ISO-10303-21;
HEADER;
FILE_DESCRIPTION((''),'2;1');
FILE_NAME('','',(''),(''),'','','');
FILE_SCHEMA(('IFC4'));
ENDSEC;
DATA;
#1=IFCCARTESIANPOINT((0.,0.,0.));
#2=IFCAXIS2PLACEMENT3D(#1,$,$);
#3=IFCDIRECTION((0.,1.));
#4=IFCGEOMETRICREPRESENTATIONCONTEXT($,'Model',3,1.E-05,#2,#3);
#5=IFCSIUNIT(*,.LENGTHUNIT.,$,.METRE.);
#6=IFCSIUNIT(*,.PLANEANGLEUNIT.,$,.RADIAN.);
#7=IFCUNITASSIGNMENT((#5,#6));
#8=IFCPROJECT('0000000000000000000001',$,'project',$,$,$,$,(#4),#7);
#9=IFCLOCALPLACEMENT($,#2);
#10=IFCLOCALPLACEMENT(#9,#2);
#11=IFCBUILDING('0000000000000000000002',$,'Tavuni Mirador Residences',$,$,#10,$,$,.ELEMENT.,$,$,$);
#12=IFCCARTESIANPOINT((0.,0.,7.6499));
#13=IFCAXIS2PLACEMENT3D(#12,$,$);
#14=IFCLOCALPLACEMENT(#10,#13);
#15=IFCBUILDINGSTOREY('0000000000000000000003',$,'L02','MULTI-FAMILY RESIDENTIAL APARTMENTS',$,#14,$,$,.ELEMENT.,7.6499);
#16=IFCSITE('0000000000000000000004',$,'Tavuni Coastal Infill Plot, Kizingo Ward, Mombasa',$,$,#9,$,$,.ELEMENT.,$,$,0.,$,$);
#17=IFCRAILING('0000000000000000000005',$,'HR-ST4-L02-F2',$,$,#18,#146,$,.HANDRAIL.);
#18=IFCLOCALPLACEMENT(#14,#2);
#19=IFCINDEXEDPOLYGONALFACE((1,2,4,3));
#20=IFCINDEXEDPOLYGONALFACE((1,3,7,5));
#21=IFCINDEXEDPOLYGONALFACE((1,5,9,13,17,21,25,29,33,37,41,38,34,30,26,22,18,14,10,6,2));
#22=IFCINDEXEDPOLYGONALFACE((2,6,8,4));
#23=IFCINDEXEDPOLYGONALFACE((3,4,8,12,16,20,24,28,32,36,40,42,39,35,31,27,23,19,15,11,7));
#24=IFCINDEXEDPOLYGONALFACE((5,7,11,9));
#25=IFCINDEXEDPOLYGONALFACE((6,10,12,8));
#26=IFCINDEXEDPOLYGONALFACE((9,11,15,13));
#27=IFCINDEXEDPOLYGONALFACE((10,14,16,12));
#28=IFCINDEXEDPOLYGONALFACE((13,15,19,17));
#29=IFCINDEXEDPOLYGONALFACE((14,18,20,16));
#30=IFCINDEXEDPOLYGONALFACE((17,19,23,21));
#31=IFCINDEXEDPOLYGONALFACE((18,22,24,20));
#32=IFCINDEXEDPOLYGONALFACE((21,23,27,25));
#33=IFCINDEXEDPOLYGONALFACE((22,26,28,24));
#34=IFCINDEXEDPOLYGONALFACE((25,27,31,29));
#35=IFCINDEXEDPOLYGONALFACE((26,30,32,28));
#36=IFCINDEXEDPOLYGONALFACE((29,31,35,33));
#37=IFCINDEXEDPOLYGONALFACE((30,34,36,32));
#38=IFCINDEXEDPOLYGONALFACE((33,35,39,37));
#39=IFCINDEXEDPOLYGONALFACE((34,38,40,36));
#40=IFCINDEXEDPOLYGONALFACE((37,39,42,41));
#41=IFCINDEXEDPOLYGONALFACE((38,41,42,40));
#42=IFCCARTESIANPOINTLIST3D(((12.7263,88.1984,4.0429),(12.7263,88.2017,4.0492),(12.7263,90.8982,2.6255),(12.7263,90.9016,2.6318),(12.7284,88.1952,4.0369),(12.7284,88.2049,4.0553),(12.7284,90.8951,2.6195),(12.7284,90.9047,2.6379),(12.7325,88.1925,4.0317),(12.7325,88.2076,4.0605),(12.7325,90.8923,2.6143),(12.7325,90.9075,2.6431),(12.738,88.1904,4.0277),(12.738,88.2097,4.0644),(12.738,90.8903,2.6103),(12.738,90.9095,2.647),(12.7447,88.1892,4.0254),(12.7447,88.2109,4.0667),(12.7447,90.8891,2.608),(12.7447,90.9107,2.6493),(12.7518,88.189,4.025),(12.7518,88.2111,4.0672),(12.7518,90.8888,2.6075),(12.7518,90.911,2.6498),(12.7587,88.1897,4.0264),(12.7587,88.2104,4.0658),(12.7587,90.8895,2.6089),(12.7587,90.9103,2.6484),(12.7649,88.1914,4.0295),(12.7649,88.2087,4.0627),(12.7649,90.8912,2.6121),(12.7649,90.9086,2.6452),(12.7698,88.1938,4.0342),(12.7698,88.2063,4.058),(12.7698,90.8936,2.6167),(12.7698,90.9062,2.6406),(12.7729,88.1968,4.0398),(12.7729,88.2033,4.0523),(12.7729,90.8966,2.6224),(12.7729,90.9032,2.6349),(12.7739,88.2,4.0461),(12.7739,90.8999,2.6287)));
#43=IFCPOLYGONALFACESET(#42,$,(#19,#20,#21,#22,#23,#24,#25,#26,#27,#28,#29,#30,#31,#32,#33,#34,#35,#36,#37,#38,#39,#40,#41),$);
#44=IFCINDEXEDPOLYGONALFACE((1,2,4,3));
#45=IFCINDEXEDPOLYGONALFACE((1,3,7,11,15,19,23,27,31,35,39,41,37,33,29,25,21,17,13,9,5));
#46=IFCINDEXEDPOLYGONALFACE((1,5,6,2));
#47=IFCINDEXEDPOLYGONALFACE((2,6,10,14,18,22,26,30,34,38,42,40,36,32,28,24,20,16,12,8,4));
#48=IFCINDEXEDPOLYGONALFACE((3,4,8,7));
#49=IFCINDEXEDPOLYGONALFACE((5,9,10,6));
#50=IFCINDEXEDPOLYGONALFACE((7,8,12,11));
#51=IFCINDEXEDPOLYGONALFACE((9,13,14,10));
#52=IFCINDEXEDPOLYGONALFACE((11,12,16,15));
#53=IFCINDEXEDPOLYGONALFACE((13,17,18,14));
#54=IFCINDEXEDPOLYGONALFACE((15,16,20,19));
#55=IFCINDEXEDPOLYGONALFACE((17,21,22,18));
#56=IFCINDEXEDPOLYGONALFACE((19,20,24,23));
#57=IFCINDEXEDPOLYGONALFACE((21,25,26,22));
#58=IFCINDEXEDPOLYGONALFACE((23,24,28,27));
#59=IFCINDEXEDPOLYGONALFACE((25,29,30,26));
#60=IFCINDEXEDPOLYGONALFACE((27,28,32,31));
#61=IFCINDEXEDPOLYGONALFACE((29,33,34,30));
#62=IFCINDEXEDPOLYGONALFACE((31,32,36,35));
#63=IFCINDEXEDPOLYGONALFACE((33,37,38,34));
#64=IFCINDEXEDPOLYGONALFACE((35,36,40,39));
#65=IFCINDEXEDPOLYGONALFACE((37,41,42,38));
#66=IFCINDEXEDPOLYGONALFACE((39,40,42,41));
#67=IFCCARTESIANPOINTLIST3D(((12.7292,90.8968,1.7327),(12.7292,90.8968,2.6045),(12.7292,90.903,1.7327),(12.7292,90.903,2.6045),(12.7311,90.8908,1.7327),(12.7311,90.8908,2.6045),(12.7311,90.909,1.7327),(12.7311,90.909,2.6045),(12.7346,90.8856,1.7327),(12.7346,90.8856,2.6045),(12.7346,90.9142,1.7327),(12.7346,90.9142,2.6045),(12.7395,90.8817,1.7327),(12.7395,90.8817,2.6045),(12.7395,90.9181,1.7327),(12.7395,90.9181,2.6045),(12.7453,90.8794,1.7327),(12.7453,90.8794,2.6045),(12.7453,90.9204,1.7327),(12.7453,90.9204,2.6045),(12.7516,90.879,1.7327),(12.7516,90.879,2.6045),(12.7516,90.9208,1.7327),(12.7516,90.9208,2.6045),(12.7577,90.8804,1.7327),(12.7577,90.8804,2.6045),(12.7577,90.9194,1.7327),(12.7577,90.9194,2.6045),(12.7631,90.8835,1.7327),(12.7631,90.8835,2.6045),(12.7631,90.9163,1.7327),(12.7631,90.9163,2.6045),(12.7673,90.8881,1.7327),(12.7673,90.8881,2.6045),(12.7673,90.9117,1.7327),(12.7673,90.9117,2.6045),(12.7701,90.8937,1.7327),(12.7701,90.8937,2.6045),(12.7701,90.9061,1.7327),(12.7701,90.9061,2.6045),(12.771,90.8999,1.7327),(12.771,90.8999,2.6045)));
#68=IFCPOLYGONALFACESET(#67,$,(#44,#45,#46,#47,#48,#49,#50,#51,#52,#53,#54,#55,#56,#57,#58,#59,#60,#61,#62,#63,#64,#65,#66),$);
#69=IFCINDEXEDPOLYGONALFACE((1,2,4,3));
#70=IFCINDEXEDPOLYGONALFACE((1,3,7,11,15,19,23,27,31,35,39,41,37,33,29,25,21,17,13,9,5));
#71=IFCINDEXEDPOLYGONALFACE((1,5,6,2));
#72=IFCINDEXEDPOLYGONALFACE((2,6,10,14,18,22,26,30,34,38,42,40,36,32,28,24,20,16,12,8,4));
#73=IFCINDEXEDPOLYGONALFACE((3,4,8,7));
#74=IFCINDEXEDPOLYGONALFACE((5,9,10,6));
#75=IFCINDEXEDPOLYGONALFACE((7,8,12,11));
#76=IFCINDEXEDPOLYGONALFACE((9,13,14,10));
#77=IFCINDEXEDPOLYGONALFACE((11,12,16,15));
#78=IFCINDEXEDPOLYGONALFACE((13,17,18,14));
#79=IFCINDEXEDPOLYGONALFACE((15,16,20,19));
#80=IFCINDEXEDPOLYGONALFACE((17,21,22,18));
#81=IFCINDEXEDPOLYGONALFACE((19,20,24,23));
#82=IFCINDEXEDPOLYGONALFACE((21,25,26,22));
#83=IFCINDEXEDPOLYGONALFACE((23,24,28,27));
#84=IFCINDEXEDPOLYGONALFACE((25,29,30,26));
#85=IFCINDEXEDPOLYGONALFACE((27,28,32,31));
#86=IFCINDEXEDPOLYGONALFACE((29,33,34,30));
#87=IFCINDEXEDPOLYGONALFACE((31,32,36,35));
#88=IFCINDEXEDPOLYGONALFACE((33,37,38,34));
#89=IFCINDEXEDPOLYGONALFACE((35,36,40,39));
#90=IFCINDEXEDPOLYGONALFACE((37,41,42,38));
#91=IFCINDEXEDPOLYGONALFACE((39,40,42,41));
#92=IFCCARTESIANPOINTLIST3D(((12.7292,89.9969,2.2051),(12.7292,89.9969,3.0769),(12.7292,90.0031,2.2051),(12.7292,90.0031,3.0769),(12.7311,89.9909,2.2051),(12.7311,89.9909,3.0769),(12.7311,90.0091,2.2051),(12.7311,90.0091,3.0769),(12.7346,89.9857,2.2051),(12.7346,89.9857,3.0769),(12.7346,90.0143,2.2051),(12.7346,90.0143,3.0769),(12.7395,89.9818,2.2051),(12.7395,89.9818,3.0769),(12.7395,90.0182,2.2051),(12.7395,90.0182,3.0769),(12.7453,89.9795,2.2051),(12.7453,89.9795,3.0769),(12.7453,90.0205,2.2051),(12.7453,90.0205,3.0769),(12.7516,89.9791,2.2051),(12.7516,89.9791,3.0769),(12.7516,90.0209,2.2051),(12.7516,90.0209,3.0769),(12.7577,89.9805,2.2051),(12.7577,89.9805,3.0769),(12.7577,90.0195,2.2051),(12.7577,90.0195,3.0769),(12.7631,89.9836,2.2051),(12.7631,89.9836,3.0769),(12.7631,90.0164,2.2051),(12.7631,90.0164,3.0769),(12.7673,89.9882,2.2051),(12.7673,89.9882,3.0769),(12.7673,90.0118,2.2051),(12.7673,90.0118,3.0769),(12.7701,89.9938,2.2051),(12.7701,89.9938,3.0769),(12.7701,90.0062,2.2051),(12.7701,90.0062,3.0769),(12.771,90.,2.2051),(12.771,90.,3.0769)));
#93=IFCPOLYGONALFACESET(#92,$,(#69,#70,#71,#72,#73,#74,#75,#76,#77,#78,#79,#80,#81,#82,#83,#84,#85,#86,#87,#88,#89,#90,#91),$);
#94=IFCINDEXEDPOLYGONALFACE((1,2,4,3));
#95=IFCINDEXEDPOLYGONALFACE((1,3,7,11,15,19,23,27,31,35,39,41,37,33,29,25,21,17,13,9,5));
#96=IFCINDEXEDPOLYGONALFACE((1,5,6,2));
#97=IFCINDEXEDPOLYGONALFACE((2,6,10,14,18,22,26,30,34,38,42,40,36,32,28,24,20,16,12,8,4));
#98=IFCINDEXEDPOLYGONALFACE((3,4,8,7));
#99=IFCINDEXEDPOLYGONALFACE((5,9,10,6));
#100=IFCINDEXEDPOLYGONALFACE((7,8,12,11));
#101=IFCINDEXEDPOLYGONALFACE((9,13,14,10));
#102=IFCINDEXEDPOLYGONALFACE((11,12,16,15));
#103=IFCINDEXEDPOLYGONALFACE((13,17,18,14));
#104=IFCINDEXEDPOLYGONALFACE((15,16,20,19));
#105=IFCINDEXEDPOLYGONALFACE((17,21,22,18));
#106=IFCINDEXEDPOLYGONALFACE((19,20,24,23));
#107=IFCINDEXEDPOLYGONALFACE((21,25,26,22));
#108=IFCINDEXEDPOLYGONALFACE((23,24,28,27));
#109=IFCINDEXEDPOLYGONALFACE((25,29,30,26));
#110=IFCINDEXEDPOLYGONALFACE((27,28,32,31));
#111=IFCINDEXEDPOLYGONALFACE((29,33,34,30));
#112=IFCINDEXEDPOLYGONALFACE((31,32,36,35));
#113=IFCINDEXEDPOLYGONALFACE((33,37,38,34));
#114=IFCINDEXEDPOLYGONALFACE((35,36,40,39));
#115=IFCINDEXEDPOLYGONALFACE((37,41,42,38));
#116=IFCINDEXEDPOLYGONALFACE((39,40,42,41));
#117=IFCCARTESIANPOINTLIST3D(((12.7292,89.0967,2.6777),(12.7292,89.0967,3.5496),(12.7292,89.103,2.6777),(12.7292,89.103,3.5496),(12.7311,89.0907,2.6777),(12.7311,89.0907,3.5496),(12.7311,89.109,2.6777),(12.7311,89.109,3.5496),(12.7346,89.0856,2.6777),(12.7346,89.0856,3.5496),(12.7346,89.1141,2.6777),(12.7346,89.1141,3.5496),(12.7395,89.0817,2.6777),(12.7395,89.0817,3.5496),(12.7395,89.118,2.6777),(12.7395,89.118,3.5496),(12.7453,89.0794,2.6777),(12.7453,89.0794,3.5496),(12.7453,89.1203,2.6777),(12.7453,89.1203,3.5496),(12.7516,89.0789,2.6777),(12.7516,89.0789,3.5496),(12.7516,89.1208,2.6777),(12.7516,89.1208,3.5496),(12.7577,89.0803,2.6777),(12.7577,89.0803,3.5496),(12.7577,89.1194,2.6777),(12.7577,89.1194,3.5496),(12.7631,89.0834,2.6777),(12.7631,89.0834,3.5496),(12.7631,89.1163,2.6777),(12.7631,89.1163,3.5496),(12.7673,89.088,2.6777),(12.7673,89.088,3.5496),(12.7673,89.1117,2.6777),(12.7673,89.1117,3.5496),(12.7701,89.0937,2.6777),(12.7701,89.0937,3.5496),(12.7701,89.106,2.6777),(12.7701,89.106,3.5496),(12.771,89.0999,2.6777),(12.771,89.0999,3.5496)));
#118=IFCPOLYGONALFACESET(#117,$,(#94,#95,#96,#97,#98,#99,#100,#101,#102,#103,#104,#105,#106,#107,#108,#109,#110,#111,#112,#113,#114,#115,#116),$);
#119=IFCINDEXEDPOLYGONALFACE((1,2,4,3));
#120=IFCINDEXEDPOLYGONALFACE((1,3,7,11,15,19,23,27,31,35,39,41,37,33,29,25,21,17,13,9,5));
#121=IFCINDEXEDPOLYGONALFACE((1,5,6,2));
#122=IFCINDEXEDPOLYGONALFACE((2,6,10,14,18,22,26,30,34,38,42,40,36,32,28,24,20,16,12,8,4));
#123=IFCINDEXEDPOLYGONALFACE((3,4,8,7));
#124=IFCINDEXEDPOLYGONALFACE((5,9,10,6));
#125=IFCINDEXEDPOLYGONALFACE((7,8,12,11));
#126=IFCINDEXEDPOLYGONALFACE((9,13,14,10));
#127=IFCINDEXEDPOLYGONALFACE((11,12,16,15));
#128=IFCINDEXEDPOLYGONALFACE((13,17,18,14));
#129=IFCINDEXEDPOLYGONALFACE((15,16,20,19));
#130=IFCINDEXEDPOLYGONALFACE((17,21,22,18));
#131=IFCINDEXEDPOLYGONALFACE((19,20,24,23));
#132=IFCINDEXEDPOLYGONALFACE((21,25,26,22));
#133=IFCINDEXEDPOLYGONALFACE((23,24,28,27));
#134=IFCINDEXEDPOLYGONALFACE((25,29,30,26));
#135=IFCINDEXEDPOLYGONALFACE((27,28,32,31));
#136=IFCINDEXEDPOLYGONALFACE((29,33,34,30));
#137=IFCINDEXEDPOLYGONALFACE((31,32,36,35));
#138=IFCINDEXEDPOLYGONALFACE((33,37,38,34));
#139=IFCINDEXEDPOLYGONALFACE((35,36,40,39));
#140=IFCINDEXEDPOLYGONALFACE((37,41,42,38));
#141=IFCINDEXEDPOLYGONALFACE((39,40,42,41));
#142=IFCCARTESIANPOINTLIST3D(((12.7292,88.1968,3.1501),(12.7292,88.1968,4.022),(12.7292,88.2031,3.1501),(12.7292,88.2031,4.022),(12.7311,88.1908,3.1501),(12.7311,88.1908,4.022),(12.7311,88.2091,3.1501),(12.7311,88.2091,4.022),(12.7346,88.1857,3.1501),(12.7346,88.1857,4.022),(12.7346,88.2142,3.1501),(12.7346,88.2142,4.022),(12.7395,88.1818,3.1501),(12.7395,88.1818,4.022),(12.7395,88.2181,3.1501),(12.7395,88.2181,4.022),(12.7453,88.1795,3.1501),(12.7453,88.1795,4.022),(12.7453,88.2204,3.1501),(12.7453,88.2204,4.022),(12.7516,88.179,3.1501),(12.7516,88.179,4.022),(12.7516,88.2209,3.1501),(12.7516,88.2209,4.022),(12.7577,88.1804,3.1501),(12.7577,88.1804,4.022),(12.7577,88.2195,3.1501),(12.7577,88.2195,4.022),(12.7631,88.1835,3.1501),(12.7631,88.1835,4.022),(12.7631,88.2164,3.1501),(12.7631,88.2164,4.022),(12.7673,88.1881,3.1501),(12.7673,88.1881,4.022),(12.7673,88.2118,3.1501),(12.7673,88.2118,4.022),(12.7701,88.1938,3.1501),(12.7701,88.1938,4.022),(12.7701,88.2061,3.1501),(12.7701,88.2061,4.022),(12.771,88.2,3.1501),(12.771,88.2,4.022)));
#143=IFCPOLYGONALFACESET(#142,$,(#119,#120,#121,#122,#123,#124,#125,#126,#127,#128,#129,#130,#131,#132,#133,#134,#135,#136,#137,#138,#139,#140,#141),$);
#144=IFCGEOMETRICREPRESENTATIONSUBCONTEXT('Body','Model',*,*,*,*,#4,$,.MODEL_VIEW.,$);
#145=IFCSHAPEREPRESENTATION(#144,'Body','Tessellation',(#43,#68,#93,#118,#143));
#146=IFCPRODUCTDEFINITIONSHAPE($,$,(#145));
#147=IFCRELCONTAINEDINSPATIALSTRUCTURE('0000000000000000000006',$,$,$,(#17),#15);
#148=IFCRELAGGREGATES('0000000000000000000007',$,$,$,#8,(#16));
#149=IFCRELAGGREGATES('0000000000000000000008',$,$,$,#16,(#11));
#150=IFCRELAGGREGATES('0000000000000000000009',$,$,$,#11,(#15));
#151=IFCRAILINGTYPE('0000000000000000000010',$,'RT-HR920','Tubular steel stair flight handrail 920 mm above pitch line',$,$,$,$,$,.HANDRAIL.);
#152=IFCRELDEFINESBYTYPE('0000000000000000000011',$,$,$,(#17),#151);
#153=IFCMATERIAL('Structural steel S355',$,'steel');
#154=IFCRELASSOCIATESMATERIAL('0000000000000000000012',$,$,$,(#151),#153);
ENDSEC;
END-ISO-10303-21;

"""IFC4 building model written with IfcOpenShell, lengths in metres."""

from ifc_helpers import new_model, si_unit, direction, frame, origin, origin_2d, place, context, subcontext, project, spatial, circle, extrude, material, type_object, element, save


model = new_model("IFC4")

# Units and contexts
model_context = context("Model", 3, precision=1e-05, world=origin(), true_north=direction((0.0, 1.0)))
body_context = subcontext(model_context, "Body", "Model", "MODEL_VIEW")
ifc_project = project(units=[si_unit("LENGTHUNIT", "METRE"), si_unit("PLANEANGLEUNIT", "RADIAN")], contexts=[model_context])

# Site, building, storey
site_placement = place(None, origin())
site = spatial("IfcSite", under=ifc_project, at=site_placement, Name="Tavuni Coastal Infill Plot, Kizingo Ward, Mombasa", CompositionType="ELEMENT", RefElevation=0.0)
building_placement = place(site_placement, origin())
building = spatial("IfcBuilding", under=site, at=building_placement, Name="Tavuni Mirador Residences", CompositionType="ELEMENT")
storey_placement = place(building_placement, frame((0.0, 0.0, 7.6499)))
storey = spatial("IfcBuildingStorey", under=building, at=storey_placement, Name="L02", Description="MULTI-FAMILY RESIDENTIAL APARTMENTS", CompositionType="ELEMENT", Elevation=7.6499)

# Shared definitions
ifc_material_1 = material(Name="Structural steel S355", Category="steel")

# Railing
railing_type = type_object("IfcRailingType", Name="RT-HR920", Description="Tubular steel stair flight handrail 920 mm above pitch line", PredefinedType="HANDRAIL", material=ifc_material_1)
railing_placement = place(storey_placement, frame((12.75, 90.8999, 1.7327)))
element("IfcRailing", 1, at=railing_placement, inside=storey, type_object=railing_type, Name="HR-ST4-L02-F2", PredefinedType="HANDRAIL", context=body_context, shape_type="SweptSolid", body=[
    extrude(circle(Radius=0.0239, at=origin_2d()), frame((0.0, 0.0, 0.896), z_axis=(0.0, -0.885397, 0.464835), x_axis=(1.0, 0.0, 0.0)), (0.0, 0.0, 1.0), 3.0493),
    extrude(circle(Radius=0.021, at=origin_2d()), origin(), (0.0, 0.0, 1.0), 0.8718),
    extrude(circle(Radius=0.021, at=origin_2d()), frame((0.0, -0.8999, 0.4724)), (0.0, 0.0, 1.0), 0.8718),
    extrude(circle(Radius=0.021, at=origin_2d()), frame((0.0, -1.8, 0.9451)), (0.0, 0.0, 1.0), 0.8718),
    extrude(circle(Radius=0.021, at=origin_2d()), frame((0.0, -2.7, 1.4175)), (0.0, 0.0, 1.0), 0.8718),
])

save(model, "model.ifc")
